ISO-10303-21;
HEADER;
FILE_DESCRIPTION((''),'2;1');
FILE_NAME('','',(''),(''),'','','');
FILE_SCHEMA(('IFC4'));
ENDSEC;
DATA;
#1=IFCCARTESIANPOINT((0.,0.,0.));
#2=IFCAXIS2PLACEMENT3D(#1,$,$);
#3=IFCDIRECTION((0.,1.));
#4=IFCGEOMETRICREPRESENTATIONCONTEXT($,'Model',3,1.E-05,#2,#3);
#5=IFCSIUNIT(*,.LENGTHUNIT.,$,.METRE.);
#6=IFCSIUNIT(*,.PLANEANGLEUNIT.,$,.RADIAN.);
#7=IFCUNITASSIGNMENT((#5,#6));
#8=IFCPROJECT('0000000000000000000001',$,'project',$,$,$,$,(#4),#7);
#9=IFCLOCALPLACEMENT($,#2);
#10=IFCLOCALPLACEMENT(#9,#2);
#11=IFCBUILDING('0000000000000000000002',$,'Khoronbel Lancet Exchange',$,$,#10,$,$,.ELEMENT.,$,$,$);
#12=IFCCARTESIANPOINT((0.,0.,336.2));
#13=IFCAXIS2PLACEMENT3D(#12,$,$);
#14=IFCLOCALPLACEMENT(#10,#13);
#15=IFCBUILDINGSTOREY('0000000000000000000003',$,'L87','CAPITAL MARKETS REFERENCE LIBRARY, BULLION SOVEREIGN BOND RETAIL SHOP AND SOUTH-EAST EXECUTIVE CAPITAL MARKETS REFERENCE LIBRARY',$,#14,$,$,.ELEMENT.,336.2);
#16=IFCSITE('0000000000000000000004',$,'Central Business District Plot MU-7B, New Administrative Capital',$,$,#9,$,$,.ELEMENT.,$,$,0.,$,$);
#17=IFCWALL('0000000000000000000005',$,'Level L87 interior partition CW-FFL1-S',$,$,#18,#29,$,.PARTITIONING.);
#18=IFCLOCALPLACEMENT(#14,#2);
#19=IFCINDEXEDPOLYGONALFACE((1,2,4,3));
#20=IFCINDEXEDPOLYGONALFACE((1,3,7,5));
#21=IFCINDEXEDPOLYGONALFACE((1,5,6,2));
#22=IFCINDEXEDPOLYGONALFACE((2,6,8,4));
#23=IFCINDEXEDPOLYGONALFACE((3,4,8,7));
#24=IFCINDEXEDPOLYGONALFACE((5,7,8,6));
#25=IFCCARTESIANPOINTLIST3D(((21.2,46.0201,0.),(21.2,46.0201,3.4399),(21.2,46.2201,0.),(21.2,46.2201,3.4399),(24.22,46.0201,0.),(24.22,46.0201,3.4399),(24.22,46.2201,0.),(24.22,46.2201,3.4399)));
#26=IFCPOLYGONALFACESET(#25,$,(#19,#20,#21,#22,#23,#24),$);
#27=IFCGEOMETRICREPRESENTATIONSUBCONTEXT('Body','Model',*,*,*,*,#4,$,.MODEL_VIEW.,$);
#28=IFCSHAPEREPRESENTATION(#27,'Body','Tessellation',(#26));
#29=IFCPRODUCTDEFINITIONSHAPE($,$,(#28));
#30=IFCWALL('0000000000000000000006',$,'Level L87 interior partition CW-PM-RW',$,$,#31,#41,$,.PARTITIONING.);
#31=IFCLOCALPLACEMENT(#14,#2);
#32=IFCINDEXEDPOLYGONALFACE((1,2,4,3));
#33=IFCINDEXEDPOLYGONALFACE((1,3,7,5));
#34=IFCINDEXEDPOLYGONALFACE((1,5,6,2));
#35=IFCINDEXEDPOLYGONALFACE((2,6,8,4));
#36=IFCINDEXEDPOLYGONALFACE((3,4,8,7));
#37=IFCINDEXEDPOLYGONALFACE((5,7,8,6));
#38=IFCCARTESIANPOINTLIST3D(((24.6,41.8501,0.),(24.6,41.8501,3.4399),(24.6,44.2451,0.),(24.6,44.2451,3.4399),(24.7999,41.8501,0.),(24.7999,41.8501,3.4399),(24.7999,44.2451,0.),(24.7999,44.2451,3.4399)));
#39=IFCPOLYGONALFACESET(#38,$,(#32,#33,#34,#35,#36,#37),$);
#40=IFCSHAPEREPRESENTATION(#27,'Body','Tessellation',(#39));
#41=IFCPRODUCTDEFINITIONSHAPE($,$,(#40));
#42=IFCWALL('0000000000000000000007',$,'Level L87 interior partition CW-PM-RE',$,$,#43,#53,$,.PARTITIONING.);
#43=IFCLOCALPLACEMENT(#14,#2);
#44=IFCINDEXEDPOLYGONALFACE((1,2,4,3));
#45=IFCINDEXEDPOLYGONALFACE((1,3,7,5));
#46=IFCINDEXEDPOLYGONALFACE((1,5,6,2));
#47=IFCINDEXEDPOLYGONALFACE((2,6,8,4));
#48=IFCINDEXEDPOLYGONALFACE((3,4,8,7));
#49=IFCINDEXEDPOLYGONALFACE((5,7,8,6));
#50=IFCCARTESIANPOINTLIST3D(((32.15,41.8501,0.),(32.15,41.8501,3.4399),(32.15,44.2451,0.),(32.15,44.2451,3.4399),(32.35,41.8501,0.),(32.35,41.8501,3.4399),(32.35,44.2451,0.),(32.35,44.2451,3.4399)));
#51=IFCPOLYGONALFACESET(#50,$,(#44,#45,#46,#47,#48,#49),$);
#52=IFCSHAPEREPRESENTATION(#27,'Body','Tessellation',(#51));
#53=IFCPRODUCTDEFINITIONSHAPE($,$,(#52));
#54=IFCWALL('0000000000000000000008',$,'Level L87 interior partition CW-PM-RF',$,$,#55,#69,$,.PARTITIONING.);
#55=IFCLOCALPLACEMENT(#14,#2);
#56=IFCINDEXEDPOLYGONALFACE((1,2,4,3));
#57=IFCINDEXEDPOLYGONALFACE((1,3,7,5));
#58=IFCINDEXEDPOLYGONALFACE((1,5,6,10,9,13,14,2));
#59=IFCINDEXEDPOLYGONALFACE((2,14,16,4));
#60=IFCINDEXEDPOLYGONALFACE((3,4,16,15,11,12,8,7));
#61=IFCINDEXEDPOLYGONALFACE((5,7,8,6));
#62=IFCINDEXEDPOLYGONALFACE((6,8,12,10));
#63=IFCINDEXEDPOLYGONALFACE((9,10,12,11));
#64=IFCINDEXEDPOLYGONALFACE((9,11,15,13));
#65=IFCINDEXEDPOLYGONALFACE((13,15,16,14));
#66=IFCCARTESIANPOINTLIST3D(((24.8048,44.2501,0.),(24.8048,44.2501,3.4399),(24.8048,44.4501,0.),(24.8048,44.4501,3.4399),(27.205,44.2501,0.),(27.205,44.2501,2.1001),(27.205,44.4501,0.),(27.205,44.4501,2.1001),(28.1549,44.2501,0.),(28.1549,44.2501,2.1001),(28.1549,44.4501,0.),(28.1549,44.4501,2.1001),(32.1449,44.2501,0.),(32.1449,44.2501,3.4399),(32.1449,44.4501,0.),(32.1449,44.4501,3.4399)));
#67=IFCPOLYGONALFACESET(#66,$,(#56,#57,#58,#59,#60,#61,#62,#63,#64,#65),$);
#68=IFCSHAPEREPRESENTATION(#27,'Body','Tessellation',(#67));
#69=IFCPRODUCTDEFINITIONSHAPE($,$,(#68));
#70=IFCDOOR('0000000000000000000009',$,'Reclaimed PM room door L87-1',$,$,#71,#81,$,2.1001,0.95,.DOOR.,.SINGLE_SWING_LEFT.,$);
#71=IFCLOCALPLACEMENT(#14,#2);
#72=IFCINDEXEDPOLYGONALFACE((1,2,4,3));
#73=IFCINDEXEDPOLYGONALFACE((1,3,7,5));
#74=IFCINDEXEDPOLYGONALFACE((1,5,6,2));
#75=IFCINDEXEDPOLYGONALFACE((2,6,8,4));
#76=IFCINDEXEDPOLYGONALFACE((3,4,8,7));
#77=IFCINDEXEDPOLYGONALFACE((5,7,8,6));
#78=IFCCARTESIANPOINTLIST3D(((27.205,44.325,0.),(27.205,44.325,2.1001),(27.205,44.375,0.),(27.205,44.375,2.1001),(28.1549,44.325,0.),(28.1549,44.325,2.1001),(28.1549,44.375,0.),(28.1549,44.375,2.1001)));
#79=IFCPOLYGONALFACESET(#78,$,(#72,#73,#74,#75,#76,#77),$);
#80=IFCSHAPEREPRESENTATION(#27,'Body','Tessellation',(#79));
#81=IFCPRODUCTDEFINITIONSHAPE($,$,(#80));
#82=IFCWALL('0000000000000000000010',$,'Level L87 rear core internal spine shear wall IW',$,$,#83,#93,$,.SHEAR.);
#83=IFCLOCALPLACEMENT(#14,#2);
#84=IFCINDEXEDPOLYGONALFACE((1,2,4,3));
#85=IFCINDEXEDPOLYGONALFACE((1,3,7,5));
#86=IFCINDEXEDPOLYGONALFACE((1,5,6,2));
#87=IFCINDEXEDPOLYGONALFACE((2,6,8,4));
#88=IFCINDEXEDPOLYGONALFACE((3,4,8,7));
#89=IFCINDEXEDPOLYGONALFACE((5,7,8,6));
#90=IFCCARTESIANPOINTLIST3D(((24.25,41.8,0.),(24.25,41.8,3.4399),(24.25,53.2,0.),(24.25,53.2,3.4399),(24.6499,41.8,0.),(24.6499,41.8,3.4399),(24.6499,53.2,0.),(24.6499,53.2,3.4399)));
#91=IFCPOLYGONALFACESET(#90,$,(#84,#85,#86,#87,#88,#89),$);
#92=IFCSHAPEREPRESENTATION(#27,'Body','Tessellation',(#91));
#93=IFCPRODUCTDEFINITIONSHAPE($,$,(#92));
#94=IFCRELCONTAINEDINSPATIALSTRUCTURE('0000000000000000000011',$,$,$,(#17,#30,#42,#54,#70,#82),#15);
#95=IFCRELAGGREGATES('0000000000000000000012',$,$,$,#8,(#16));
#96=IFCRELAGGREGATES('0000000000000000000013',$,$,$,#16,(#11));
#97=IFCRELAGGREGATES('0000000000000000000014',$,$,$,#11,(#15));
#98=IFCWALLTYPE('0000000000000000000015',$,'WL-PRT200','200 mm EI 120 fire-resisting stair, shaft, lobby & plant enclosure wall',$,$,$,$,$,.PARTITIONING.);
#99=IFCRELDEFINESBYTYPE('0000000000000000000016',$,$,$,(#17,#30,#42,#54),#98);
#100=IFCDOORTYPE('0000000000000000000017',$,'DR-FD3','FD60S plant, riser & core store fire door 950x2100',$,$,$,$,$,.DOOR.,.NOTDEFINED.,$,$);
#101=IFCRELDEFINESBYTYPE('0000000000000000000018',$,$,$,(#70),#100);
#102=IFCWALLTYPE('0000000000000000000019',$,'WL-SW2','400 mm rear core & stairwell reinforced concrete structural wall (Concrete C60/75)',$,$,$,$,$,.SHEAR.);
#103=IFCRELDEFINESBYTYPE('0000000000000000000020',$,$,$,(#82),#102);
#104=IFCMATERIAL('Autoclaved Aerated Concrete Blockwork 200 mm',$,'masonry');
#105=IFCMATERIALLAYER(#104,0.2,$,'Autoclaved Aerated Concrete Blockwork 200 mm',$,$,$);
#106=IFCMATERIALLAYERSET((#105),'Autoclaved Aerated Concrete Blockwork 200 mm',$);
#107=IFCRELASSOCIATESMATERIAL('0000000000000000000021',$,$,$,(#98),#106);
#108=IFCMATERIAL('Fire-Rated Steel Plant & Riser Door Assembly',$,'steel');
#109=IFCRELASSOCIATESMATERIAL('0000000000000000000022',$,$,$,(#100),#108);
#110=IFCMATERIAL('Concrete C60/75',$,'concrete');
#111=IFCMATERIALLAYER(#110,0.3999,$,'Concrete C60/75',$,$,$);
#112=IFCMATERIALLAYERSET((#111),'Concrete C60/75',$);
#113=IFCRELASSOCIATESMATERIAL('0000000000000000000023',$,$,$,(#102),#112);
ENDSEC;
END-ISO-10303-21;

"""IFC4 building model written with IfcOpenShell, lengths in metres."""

from ifc_helpers import new_model, si_unit, direction, frame, frame_2d, origin, place, context, subcontext, project, spatial, rectangle, extrude, material, layer, layer_set, type_object, element, fill, save


model = new_model("IFC4")

# Units and contexts
model_context = context("Model", 3, precision=1e-05, world=origin(), true_north=direction((0.0, 1.0)))
body_context = subcontext(model_context, "Body", "Model", "MODEL_VIEW")
ifc_project = project(units=[si_unit("LENGTHUNIT", "METRE"), si_unit("PLANEANGLEUNIT", "RADIAN")], contexts=[model_context])

# Site, building, storey
site_placement = place(None, origin())
site = spatial("IfcSite", under=ifc_project, at=site_placement, Name="Central Business District Plot MU-7B, New Administrative Capital", CompositionType="ELEMENT", RefElevation=0.0)
building_placement = place(site_placement, origin())
building = spatial("IfcBuilding", under=site, at=building_placement, Name="Khoronbel Lancet Exchange", CompositionType="ELEMENT")
storey_placement = place(building_placement, frame((0.0, 0.0, 336.2)))
storey = spatial("IfcBuildingStorey", under=building, at=storey_placement, Name="L87", Description="CAPITAL MARKETS REFERENCE LIBRARY, BULLION SOVEREIGN BOND RETAIL SHOP AND SOUTH-EAST EXECUTIVE CAPITAL MARKETS REFERENCE LIBRARY", CompositionType="ELEMENT", Elevation=336.2)

# Shared definitions
ifc_material_1 = material(Name="Concrete C60/75", Category="concrete")

# Shared definitions
ifc_material_2 = material(Name="Autoclaved Aerated Concrete Blockwork 200 mm", Category="masonry")
ifc_layer_1 = layer(ifc_material_2, 0.2, Name="Autoclaved Aerated Concrete Blockwork 200 mm")
ifc_layer_set_1 = layer_set([ifc_layer_1], Name="Autoclaved Aerated Concrete Blockwork 200 mm")
wall_type_1 = type_object("IfcWallType", Name="WL-PRT200", Description="200 mm EI 120 fire-resisting stair, shaft, lobby & plant enclosure wall", PredefinedType="PARTITIONING", material=ifc_layer_set_1)

# Wall
wall_1_placement = place(storey_placement, frame((21.2, 46.1201, 0.0), z_axis=(0.0, 0.0, 1.0), x_axis=(1.0, 0.0, 0.0)))
element("IfcWall", 1, at=wall_1_placement, inside=storey, type_object=wall_type_1, Name="Level L87 interior partition CW-FFL1-S", PredefinedType="PARTITIONING", context=body_context, shape_type="SweptSolid", body=[
    extrude(rectangle(XDim=3.02, YDim=0.2, at=frame_2d((1.51, 0.0))), origin(), (0.0, 0.0, 1.0), 3.4399),
])

# Walls
for number, where, z_axis, x_axis, name in (
    (2, (24.7, 41.8501, 0.0), (0.0, 0.0, 1.0), (0.0, 1.0, 0.0), "Level L87 interior partition CW-PM-RW"),
    (3, (32.25, 41.8501, 0.0), (0.0, 0.0, 1.0), (0.0, 1.0, 0.0), "Level L87 interior partition CW-PM-RE"),
):
    element("IfcWall", number, at=place(storey_placement, frame(where, z_axis=z_axis, x_axis=x_axis)), inside=storey, type_object=wall_type_1, Name=name, PredefinedType="PARTITIONING", context=body_context, shape_type="SweptSolid", body=[
        extrude(rectangle(XDim=2.395, YDim=0.2, at=frame_2d((1.1975, 0.0))), origin(), (0.0, 0.0, 1.0), 3.4399),
    ])

# Wall, opening, door
wall_2_placement = place(storey_placement, frame((24.8049, 44.3501, 0.0), z_axis=(0.0, 0.0, 1.0), x_axis=(1.0, 0.0, 0.0)))
wall_2 = element("IfcWall", 4, at=wall_2_placement, inside=storey, type_object=wall_type_1, Name="Level L87 interior partition CW-PM-RF", PredefinedType="PARTITIONING", context=body_context, shape_type="SweptSolid", body=[
    extrude(rectangle(XDim=7.3401, YDim=0.2, at=frame_2d((3.6699, 0.0))), origin(), (0.0, 0.0, 1.0), 3.4399),
])
opening_1_placement = place(wall_2_placement, frame((2.3999, 0.0, 0.0)))
opening_1 = element("IfcOpeningElement", 5, at=opening_1_placement, cuts=wall_2, PredefinedType="OPENING", context=body_context, shape_type="SweptSolid", body=[
    extrude(rectangle(XDim=0.95, YDim=2.1001, at=frame_2d((0.4751, 1.05))), frame((0.0, 0.1099, 0.0), z_axis=(0.0, -1.0, 0.0), x_axis=(1.0, 0.0, 0.0)), (0.0, 0.0, 1.0), 0.22),
])
ifc_material_3 = material(Name="Fire-Rated Steel Plant & Riser Door Assembly", Category="steel")
door_type_1 = type_object("IfcDoorType", Name="DR-FD3", Description="FD60S plant, riser & core store fire door 950x2100", OperationType="NOTDEFINED", PredefinedType="DOOR", material=ifc_material_3)
door_1_placement = place(opening_1_placement, origin())
door_1 = element("IfcDoor", 6, at=door_1_placement, inside=storey, type_object=door_type_1, Name="Reclaimed PM room door L87-1", OperationType="SINGLE_SWING_LEFT", OverallHeight=2.1001, OverallWidth=0.95, PredefinedType="DOOR", context=body_context, shape_type="SweptSolid", body=[
    extrude(rectangle(XDim=0.95, YDim=2.1001, at=frame_2d((0.4751, 1.05))), frame((0.0, 0.0249, 0.0), z_axis=(0.0, -1.0, 0.0), x_axis=(1.0, 0.0, 0.0)), (0.0, 0.0, 1.0), 0.05),
])
fill(opening_1, door_1)

# Wall
ifc_layer_2 = layer(ifc_material_1, 0.3999, Name="Concrete C60/75")
ifc_layer_set_2 = layer_set([ifc_layer_2], Name="Concrete C60/75")
wall_type_2 = type_object("IfcWallType", Name="WL-SW2", Description="400 mm rear core & stairwell reinforced concrete structural wall (Concrete C60/75)", PredefinedType="SHEAR", material=ifc_layer_set_2)
wall_3_placement = place(storey_placement, frame((24.45, 41.8, 0.0), z_axis=(0.0, 0.0, 1.0), x_axis=(0.0, 1.0, 0.0)))
element("IfcWall", 7, at=wall_3_placement, inside=storey, type_object=wall_type_2, Name="Level L87 rear core internal spine shear wall IW", PredefinedType="SHEAR", context=body_context, shape_type="SweptSolid", body=[
    extrude(rectangle(XDim=11.3999, YDim=0.3999, at=frame_2d((5.7, 0.0))), origin(), (0.0, 0.0, 1.0), 3.4399),
])

save(model, "model.ifc")
